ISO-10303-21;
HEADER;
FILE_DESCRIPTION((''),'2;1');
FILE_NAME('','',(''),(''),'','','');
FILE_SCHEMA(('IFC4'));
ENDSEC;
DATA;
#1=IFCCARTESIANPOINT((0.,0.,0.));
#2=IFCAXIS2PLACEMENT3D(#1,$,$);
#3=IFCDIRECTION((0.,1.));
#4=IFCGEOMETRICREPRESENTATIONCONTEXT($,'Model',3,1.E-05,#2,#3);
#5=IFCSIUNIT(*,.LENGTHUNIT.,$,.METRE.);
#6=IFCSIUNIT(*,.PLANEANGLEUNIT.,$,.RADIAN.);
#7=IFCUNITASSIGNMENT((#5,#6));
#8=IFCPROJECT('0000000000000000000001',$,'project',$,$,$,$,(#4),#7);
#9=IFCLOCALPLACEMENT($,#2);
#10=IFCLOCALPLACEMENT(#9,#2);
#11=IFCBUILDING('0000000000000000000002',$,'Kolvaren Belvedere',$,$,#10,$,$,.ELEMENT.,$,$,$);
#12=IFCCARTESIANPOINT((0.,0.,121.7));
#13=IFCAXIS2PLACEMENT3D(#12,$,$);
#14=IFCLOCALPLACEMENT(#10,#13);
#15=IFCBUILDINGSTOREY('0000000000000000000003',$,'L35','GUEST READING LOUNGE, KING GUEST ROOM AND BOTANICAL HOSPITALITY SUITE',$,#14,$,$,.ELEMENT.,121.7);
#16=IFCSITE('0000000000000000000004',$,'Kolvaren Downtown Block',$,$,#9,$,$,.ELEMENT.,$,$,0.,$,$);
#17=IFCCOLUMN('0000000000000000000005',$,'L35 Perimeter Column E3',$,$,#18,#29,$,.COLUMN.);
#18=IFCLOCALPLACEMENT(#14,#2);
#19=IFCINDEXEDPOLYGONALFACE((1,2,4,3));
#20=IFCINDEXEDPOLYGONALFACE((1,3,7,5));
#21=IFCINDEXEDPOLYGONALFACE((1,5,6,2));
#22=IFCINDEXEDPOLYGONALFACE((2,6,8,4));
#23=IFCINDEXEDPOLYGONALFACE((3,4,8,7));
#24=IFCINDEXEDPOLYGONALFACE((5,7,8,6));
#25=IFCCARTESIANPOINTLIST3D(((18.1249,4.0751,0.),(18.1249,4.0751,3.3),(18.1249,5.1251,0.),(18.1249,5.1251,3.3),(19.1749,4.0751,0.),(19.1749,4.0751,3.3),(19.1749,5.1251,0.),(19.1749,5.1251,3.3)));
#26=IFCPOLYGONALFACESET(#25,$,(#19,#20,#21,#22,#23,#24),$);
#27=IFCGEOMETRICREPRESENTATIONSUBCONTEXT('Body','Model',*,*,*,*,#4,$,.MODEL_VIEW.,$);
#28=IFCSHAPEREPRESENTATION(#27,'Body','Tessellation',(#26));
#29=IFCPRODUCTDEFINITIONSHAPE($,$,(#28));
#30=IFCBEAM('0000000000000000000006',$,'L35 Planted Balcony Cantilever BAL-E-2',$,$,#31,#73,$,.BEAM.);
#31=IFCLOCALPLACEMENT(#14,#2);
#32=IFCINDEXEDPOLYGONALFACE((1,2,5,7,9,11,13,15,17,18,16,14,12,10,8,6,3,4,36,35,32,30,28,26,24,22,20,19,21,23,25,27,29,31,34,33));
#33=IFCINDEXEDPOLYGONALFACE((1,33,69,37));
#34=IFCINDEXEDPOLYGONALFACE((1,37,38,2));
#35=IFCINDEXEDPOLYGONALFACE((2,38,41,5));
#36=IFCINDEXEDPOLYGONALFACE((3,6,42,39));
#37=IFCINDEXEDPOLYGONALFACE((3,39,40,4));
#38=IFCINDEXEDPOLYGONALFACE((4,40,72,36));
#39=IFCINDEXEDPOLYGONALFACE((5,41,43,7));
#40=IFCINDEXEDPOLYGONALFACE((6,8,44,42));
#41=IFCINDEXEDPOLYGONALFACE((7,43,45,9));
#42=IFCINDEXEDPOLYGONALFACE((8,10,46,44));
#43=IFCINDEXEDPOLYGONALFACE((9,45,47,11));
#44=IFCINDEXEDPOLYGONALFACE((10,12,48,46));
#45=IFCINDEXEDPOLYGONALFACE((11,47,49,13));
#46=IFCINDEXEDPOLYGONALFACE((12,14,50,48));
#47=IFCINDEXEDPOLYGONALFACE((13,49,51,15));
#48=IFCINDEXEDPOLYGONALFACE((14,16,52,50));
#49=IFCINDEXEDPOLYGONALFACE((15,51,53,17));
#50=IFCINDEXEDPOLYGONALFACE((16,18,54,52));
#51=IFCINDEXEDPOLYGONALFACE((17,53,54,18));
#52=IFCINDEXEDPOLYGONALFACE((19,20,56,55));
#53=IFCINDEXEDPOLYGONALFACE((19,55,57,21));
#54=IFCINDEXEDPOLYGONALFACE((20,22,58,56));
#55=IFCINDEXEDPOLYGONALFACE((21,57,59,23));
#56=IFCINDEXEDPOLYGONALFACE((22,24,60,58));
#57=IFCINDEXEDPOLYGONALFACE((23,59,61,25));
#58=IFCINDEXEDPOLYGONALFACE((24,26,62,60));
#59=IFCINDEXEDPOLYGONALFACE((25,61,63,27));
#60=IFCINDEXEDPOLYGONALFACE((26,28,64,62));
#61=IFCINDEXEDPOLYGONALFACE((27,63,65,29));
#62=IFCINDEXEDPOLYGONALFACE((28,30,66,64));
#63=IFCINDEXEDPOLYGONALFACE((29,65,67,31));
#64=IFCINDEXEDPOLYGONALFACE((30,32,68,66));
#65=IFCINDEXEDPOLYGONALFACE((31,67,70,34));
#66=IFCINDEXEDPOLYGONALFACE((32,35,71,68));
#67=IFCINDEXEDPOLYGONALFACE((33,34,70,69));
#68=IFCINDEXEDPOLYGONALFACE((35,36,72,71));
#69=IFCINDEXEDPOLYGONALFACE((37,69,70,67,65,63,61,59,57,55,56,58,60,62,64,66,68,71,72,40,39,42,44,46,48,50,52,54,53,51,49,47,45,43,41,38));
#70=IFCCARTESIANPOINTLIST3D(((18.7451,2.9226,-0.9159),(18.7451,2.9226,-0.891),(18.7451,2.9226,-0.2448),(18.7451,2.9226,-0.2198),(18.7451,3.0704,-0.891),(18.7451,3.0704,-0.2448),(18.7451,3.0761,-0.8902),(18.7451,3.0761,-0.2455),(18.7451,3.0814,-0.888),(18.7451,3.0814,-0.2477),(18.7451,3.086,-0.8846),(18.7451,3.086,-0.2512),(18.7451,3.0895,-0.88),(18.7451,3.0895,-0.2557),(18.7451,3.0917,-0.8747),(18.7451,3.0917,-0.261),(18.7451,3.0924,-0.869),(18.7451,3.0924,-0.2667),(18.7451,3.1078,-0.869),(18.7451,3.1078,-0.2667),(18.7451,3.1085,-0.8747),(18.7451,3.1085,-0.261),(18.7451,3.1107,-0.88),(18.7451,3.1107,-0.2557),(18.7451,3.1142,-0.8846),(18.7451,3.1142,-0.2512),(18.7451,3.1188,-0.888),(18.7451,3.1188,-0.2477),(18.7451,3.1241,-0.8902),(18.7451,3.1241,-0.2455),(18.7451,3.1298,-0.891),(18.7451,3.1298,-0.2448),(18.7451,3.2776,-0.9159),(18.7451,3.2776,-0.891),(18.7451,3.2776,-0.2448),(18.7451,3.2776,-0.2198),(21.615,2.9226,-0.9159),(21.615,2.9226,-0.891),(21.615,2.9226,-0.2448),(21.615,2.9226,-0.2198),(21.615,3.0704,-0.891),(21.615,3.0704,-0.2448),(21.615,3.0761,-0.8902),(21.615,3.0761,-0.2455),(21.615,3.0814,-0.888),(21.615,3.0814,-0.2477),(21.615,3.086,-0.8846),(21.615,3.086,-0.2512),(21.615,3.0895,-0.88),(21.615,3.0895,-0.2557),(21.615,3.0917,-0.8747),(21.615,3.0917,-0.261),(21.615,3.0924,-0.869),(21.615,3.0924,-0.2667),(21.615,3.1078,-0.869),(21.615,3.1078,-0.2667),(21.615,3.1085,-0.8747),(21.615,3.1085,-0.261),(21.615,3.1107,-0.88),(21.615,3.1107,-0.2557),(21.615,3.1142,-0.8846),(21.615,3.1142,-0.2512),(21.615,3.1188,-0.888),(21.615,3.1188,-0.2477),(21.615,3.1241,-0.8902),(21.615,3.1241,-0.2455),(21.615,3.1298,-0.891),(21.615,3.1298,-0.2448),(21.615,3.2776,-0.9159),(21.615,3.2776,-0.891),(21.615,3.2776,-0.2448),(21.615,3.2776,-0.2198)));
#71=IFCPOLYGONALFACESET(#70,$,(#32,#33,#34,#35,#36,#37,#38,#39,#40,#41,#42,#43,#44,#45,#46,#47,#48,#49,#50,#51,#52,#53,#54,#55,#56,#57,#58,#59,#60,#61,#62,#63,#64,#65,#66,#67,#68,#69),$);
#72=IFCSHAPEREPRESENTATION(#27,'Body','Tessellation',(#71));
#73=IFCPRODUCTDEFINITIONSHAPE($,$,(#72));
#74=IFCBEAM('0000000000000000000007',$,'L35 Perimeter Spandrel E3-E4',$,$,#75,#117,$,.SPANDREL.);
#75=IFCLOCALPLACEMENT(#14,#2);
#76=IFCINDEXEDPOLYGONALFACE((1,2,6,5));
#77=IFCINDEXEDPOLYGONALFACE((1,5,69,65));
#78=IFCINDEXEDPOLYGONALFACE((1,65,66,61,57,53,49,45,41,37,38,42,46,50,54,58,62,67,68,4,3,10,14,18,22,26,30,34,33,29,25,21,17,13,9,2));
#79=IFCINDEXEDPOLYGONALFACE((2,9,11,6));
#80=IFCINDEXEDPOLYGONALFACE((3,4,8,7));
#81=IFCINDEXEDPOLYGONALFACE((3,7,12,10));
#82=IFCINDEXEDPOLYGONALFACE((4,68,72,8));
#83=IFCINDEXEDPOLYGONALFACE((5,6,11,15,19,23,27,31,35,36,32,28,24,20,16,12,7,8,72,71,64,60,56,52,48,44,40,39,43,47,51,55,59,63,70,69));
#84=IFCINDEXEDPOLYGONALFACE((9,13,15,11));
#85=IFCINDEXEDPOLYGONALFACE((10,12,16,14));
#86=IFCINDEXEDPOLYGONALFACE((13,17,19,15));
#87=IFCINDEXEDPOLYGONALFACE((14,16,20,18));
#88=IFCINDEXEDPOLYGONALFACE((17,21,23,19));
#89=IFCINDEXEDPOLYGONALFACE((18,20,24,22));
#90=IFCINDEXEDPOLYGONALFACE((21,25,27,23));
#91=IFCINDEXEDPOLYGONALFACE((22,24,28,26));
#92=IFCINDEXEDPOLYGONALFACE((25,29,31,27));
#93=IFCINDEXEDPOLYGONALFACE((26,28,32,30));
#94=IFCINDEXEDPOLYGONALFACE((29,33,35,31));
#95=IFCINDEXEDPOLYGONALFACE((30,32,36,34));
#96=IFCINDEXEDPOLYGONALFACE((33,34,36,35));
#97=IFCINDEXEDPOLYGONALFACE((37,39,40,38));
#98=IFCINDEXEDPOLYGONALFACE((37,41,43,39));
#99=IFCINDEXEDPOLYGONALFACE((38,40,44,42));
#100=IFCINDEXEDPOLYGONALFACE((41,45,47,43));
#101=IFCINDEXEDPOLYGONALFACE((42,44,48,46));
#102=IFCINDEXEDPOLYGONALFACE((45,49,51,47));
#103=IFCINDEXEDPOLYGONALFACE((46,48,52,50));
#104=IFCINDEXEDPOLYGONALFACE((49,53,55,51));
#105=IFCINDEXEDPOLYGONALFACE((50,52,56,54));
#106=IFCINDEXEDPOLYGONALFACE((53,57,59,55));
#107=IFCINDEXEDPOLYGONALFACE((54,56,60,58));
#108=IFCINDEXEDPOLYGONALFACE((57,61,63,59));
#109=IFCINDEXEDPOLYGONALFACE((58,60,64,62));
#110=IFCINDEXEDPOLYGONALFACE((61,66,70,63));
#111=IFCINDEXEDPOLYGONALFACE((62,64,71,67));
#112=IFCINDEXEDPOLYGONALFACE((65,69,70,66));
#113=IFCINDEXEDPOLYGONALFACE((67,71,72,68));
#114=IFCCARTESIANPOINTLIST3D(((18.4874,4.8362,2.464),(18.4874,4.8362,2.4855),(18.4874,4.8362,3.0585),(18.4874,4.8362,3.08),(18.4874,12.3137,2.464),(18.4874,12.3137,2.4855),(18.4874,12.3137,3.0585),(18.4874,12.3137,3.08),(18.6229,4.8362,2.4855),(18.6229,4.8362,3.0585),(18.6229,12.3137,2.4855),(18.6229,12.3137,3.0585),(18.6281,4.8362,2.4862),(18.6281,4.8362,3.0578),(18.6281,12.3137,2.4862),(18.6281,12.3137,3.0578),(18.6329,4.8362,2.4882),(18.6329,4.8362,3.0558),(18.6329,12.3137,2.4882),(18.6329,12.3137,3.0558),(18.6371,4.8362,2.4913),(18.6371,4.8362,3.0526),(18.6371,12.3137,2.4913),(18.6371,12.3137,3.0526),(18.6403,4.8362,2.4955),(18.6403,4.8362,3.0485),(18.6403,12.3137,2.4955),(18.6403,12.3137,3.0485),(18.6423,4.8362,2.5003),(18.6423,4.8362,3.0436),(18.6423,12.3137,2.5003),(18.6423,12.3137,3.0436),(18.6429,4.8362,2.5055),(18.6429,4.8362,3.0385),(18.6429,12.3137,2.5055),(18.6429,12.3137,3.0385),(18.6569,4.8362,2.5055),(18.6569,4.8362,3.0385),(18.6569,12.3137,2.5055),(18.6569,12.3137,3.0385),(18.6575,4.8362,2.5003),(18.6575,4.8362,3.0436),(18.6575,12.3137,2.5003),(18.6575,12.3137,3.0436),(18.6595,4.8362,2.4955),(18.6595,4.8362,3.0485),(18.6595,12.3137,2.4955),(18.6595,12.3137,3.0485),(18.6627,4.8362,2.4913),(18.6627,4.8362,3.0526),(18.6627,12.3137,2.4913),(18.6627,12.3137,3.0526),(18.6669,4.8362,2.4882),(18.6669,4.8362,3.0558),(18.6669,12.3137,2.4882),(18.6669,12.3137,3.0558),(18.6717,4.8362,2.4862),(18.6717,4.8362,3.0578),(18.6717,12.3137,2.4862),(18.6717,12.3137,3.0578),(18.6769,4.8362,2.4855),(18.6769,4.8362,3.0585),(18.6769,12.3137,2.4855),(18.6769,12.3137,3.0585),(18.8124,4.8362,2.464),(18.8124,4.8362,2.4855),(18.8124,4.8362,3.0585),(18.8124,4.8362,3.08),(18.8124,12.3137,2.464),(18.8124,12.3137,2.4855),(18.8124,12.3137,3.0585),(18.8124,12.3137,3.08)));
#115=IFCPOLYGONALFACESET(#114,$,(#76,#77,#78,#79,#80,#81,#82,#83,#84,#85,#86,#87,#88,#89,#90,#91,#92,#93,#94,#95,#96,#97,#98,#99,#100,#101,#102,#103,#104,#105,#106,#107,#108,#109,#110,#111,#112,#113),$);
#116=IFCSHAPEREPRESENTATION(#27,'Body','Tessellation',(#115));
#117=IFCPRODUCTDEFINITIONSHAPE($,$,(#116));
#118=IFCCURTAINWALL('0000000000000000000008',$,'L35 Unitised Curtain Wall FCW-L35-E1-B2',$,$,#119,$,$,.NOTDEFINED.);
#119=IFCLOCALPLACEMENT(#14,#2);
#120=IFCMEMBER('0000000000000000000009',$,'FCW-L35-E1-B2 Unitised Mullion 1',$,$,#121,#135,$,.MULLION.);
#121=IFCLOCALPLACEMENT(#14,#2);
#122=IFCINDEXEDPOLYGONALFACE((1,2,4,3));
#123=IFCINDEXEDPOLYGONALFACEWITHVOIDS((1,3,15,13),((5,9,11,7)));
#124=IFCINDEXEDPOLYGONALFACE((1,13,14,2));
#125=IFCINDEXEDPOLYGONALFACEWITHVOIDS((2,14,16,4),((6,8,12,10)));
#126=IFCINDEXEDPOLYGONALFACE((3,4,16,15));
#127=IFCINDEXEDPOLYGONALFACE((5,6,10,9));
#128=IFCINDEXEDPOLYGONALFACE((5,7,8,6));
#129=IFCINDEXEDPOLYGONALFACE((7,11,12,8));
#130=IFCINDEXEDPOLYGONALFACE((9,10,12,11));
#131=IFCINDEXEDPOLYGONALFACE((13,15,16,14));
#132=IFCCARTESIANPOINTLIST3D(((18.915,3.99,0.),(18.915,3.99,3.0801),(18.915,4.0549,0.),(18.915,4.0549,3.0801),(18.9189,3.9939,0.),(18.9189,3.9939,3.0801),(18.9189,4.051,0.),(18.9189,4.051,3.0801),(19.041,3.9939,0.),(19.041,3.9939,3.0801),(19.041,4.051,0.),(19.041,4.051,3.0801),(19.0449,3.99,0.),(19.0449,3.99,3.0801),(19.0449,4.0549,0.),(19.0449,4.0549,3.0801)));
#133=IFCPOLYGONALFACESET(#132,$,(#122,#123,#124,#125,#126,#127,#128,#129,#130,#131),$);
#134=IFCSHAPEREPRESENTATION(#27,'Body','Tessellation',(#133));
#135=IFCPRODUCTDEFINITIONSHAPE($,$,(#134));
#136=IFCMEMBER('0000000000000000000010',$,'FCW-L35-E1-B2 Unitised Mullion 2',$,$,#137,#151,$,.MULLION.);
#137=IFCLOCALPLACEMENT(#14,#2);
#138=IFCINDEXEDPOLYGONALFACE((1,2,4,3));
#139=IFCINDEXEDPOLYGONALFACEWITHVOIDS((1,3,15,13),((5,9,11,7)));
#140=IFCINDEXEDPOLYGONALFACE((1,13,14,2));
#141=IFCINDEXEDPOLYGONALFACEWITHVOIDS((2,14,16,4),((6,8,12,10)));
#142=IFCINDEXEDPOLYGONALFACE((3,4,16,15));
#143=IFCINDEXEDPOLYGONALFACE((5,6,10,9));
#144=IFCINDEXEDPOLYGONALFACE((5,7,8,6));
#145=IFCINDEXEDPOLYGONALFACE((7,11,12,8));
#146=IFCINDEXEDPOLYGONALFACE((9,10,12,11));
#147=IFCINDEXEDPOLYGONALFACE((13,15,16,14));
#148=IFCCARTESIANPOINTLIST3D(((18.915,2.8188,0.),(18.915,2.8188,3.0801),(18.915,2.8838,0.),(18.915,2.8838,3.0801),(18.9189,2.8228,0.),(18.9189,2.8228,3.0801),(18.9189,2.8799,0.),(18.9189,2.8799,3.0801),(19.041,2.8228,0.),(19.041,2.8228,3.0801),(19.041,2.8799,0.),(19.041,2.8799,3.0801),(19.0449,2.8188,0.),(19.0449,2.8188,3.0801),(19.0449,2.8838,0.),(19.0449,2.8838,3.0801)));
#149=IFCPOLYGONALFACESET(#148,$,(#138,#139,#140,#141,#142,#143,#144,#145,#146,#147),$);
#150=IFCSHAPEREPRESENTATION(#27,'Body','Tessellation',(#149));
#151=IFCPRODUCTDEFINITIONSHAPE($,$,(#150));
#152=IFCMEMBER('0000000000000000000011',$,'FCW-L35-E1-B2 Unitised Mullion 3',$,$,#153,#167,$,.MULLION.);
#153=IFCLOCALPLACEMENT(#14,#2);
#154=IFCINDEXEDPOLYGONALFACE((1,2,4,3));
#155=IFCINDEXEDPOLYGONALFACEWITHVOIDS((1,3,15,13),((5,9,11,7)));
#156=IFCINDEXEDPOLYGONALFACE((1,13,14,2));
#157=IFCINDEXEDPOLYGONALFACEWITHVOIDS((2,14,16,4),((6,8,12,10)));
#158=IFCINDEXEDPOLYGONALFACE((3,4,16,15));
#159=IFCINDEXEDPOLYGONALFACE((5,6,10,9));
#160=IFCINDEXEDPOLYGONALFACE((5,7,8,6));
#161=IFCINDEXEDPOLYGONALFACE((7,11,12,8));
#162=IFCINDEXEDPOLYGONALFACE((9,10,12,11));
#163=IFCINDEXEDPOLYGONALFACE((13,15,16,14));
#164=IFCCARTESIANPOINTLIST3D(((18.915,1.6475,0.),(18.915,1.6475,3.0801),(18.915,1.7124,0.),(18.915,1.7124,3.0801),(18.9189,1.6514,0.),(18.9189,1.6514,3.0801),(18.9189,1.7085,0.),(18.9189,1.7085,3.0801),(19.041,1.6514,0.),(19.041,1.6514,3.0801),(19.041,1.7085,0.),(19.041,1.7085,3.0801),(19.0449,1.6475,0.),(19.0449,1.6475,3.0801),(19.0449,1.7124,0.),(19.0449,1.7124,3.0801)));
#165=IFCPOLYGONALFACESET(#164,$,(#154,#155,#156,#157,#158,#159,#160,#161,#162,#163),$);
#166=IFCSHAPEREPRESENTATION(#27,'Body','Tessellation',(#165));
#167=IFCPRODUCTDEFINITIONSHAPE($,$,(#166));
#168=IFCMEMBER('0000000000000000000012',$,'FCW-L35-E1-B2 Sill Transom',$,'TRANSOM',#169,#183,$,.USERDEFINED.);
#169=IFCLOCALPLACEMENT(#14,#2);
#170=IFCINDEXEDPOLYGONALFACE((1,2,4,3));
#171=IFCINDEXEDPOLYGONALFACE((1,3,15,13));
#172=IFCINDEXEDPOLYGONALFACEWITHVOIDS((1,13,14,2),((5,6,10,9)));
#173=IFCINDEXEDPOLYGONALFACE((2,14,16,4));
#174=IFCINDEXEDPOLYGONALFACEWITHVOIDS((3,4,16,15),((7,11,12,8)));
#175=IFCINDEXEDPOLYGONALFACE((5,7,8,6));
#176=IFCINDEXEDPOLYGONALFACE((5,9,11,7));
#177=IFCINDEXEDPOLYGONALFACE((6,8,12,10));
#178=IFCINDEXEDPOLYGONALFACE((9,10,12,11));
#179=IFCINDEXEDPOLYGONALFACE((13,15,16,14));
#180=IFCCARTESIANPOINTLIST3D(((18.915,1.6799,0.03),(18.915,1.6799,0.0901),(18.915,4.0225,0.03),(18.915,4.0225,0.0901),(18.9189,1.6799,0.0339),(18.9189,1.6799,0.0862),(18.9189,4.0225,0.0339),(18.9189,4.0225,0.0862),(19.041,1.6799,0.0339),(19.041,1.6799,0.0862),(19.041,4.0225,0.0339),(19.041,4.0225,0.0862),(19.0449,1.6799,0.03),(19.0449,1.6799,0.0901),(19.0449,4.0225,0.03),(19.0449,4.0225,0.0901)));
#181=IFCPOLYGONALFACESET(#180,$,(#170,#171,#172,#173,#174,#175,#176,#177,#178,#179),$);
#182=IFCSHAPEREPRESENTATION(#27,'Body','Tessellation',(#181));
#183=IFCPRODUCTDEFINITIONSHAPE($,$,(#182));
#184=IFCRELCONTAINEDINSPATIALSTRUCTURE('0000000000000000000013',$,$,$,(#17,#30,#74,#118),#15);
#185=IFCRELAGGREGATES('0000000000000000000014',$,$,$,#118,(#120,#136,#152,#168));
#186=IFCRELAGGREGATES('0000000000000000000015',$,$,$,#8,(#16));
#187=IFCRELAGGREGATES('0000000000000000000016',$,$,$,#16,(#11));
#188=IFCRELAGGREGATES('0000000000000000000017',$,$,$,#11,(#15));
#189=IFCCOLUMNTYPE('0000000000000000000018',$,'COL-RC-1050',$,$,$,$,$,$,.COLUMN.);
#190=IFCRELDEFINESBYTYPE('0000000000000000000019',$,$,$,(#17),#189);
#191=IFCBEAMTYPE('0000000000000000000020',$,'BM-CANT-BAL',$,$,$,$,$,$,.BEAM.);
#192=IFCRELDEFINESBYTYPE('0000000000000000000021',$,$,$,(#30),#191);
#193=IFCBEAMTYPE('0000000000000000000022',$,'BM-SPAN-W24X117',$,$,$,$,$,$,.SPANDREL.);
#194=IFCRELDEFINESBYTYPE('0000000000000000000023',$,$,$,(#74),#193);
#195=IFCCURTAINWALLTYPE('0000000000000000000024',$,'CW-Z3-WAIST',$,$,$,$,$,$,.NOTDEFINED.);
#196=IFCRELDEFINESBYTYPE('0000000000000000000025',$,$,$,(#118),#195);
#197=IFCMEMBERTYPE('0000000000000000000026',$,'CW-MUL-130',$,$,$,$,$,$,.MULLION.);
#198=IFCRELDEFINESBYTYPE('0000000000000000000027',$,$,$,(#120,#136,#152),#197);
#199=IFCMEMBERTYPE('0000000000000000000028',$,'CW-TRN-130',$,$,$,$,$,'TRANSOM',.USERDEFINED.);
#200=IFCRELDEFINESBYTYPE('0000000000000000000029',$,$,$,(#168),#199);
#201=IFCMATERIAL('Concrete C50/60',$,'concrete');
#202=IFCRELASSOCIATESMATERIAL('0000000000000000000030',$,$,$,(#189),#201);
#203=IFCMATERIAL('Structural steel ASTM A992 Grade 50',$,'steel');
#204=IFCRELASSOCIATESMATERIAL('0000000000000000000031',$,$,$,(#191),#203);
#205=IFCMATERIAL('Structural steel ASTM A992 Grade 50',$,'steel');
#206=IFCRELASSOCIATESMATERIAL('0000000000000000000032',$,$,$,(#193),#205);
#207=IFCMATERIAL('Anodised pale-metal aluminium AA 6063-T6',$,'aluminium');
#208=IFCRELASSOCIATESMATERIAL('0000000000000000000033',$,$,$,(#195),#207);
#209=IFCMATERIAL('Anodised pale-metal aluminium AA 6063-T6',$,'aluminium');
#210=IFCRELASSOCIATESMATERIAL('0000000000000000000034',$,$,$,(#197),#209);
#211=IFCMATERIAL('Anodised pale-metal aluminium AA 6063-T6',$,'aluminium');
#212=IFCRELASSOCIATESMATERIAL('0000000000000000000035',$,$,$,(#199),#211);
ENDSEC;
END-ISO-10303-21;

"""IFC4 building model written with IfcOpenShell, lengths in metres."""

from ifc_helpers import new_model, si_unit, direction, frame, origin, origin_2d, place, context, subcontext, project, spatial, rectangle, hollow_rectangle, i_section, extrude, material, material_profile, profile_set, type_object, element, aggregate, save


model = new_model("IFC4")

# Units and contexts
model_context = context("Model", 3, precision=1e-05, world=origin(), true_north=direction((0.0, 1.0)))
body_context = subcontext(model_context, "Body", "Model", "MODEL_VIEW")
ifc_project = project(units=[si_unit("LENGTHUNIT", "METRE"), si_unit("PLANEANGLEUNIT", "RADIAN")], contexts=[model_context])

# Site, building, storey
site_placement = place(None, origin())
site = spatial("IfcSite", under=ifc_project, at=site_placement, Name="Kolvaren Downtown Block", CompositionType="ELEMENT", RefElevation=0.0)
building_placement = place(site_placement, origin())
building = spatial("IfcBuilding", under=site, at=building_placement, Name="Kolvaren Belvedere", CompositionType="ELEMENT")
storey_placement = place(building_placement, frame((0.0, 0.0, 121.7)))
storey = spatial("IfcBuildingStorey", under=building, at=storey_placement, Name="L35", Description="GUEST READING LOUNGE, KING GUEST ROOM AND BOTANICAL HOSPITALITY SUITE", CompositionType="ELEMENT", Elevation=121.7)

# Column
ifc_material_1 = material(Name="Concrete C50/60", Category="concrete")
ifc_material_profile_1 = material_profile(ifc_material_1, rectangle(XDim=1.05, YDim=1.05, at=origin_2d()), Name="RC 1050X1050")
ifc_profile_set_1 = profile_set([ifc_material_profile_1], Name="Concrete C50/60")
column_type = type_object("IfcColumnType", Name="COL-RC-1050", PredefinedType="COLUMN", material=ifc_profile_set_1)
column_placement = place(storey_placement, frame((18.6499, 4.6001, 0.0), z_axis=(0.0, 0.0, 1.0), x_axis=(1.0, 0.0, 0.0)))
element("IfcColumn", 1, at=column_placement, inside=storey, type_object=column_type, Name="L35 Perimeter Column E3", PredefinedType="COLUMN", context=body_context, shape_type="SweptSolid", body=[
    extrude(rectangle(XDim=1.05, YDim=1.05, at=origin_2d()), origin(), (0.0, 0.0, 1.0), 3.3),
])

# Beams
ifc_material_2 = material(Name="Structural steel ASTM A992 Grade 50", Category="steel")
ifc_material_profile_2 = material_profile(ifc_material_2, i_section(OverallWidth=0.355, OverallDepth=0.696, WebThickness=0.0154, FlangeThickness=0.0249, FilletRadius=0.022, at=origin_2d()), Name="W27X146")
ifc_profile_set_2 = profile_set([ifc_material_profile_2], Name="Structural steel ASTM A992 Grade 50")
beam_type_1 = type_object("IfcBeamType", Name="BM-CANT-BAL", PredefinedType="BEAM", material=ifc_profile_set_2)
beam_1_placement = place(storey_placement, frame((18.7451, 3.1001, -0.5679), z_axis=(1.0, 0.0, 0.0), x_axis=(0.0, 1.0, 0.0)))
element("IfcBeam", 2, at=beam_1_placement, inside=storey, type_object=beam_type_1, Name="L35 Planted Balcony Cantilever BAL-E-2", PredefinedType="BEAM", context=body_context, shape_type="SweptSolid", body=[
    extrude(i_section(OverallWidth=0.355, OverallDepth=0.696, WebThickness=0.0154, FlangeThickness=0.0249, FilletRadius=0.022, at=origin_2d()), origin(), (0.0, 0.0, 1.0), 2.8699),
])
ifc_material_3 = material(Name="Structural steel ASTM A992 Grade 50", Category="steel")
ifc_material_profile_3 = material_profile(ifc_material_3, i_section(OverallWidth=0.325, OverallDepth=0.616, WebThickness=0.0139, FlangeThickness=0.0215, FilletRadius=0.02, at=origin_2d()), Name="W24X117")
ifc_profile_set_3 = profile_set([ifc_material_profile_3], Name="Structural steel ASTM A992 Grade 50")
beam_type_2 = type_object("IfcBeamType", Name="BM-SPAN-W24X117", PredefinedType="SPANDREL", material=ifc_profile_set_3)
beam_2_placement = place(storey_placement, frame((18.6499, 4.8362, 2.772), z_axis=(0.0, 1.0, 0.0), x_axis=(-1.0, 0.0, 0.0)))
element("IfcBeam", 3, at=beam_2_placement, inside=storey, type_object=beam_type_2, Name="L35 Perimeter Spandrel E3-E4", PredefinedType="SPANDREL", context=body_context, shape_type="SweptSolid", body=[
    extrude(i_section(OverallWidth=0.325, OverallDepth=0.616, WebThickness=0.0139, FlangeThickness=0.0215, FilletRadius=0.02, at=origin_2d()), origin(), (0.0, 0.0, 1.0), 7.4775),
])

# Curtain wall, members
ifc_material_4 = material(Name="Anodised pale-metal aluminium AA 6063-T6", Category="aluminium")
curtain_wall_type = type_object("IfcCurtainWallType", Name="CW-Z3-WAIST", PredefinedType="NOTDEFINED", material=ifc_material_4)
curtain_wall_placement = place(storey_placement, origin())
curtain_wall = element("IfcCurtainWall", 4, at=curtain_wall_placement, inside=storey, type_object=curtain_wall_type, Name="L35 Unitised Curtain Wall FCW-L35-E1-B2", PredefinedType="NOTDEFINED")
ifc_material_5 = material(Name="Anodised pale-metal aluminium AA 6063-T6", Category="aluminium")
ifc_material_profile_4 = material_profile(ifc_material_5, hollow_rectangle(XDim=0.0649, YDim=0.1299, WallThickness=0.0039, at=origin_2d()), Name="ALU-MUL-130X65")
ifc_profile_set_4 = profile_set([ifc_material_profile_4], Name="Anodised pale-metal aluminium AA 6063-T6")
member_type_1 = type_object("IfcMemberType", Name="CW-MUL-130", PredefinedType="MULLION", material=ifc_profile_set_4)
member_1_placement = place(storey_placement, frame((18.98, 4.0225, 0.0), z_axis=(0.0, 0.0, 1.0), x_axis=(0.0, 1.0, 0.0)))
member_1 = element("IfcMember", 5, at=member_1_placement, type_object=member_type_1, Name="FCW-L35-E1-B2 Unitised Mullion 1", PredefinedType="MULLION", context=body_context, shape_type="SweptSolid", body=[
    extrude(hollow_rectangle(XDim=0.0649, YDim=0.1299, WallThickness=0.0039, at=origin_2d()), origin(), (0.0, 0.0, 1.0), 3.0801),
])
member_2_placement = place(storey_placement, frame((18.98, 2.8513, 0.0), z_axis=(0.0, 0.0, 1.0), x_axis=(0.0, 1.0, 0.0)))
member_2 = element("IfcMember", 6, at=member_2_placement, type_object=member_type_1, Name="FCW-L35-E1-B2 Unitised Mullion 2", PredefinedType="MULLION", context=body_context, shape_type="SweptSolid", body=[
    extrude(hollow_rectangle(XDim=0.0649, YDim=0.1299, WallThickness=0.0039, at=origin_2d()), origin(), (0.0, 0.0, 1.0), 3.0801),
])
member_3_placement = place(storey_placement, frame((18.98, 1.6799, 0.0), z_axis=(0.0, 0.0, 1.0), x_axis=(0.0, 1.0, 0.0)))
member_3 = element("IfcMember", 7, at=member_3_placement, type_object=member_type_1, Name="FCW-L35-E1-B2 Unitised Mullion 3", PredefinedType="MULLION", context=body_context, shape_type="SweptSolid", body=[
    extrude(hollow_rectangle(XDim=0.0649, YDim=0.1299, WallThickness=0.0039, at=origin_2d()), origin(), (0.0, 0.0, 1.0), 3.0801),
])
ifc_material_6 = material(Name="Anodised pale-metal aluminium AA 6063-T6", Category="aluminium")
ifc_material_profile_5 = material_profile(ifc_material_6, hollow_rectangle(XDim=0.0601, YDim=0.1299, WallThickness=0.0039, at=origin_2d()), Name="ALU-TRN-130X60")
ifc_profile_set_5 = profile_set([ifc_material_profile_5], Name="Anodised pale-metal aluminium AA 6063-T6")
member_type_2 = type_object("IfcMemberType", Name="CW-TRN-130", ElementType="TRANSOM", PredefinedType="USERDEFINED", material=ifc_profile_set_5)
member_4_placement = place(storey_placement, frame((18.98, 4.0225, 0.0601), z_axis=(0.0, -1.0, 0.0), x_axis=(0.0, 0.0, 1.0)))
member_4 = element("IfcMember", 8, at=member_4_placement, type_object=member_type_2, Name="FCW-L35-E1-B2 Sill Transom", ObjectType="TRANSOM", PredefinedType="USERDEFINED", context=body_context, shape_type="SweptSolid", body=[
    extrude(hollow_rectangle(XDim=0.0601, YDim=0.1299, WallThickness=0.0039, at=origin_2d()), origin(), (0.0, 0.0, 1.0), 2.3425),
])

aggregate(curtain_wall, [member_1, member_2, member_3, member_4])

save(model, "model.ifc")
